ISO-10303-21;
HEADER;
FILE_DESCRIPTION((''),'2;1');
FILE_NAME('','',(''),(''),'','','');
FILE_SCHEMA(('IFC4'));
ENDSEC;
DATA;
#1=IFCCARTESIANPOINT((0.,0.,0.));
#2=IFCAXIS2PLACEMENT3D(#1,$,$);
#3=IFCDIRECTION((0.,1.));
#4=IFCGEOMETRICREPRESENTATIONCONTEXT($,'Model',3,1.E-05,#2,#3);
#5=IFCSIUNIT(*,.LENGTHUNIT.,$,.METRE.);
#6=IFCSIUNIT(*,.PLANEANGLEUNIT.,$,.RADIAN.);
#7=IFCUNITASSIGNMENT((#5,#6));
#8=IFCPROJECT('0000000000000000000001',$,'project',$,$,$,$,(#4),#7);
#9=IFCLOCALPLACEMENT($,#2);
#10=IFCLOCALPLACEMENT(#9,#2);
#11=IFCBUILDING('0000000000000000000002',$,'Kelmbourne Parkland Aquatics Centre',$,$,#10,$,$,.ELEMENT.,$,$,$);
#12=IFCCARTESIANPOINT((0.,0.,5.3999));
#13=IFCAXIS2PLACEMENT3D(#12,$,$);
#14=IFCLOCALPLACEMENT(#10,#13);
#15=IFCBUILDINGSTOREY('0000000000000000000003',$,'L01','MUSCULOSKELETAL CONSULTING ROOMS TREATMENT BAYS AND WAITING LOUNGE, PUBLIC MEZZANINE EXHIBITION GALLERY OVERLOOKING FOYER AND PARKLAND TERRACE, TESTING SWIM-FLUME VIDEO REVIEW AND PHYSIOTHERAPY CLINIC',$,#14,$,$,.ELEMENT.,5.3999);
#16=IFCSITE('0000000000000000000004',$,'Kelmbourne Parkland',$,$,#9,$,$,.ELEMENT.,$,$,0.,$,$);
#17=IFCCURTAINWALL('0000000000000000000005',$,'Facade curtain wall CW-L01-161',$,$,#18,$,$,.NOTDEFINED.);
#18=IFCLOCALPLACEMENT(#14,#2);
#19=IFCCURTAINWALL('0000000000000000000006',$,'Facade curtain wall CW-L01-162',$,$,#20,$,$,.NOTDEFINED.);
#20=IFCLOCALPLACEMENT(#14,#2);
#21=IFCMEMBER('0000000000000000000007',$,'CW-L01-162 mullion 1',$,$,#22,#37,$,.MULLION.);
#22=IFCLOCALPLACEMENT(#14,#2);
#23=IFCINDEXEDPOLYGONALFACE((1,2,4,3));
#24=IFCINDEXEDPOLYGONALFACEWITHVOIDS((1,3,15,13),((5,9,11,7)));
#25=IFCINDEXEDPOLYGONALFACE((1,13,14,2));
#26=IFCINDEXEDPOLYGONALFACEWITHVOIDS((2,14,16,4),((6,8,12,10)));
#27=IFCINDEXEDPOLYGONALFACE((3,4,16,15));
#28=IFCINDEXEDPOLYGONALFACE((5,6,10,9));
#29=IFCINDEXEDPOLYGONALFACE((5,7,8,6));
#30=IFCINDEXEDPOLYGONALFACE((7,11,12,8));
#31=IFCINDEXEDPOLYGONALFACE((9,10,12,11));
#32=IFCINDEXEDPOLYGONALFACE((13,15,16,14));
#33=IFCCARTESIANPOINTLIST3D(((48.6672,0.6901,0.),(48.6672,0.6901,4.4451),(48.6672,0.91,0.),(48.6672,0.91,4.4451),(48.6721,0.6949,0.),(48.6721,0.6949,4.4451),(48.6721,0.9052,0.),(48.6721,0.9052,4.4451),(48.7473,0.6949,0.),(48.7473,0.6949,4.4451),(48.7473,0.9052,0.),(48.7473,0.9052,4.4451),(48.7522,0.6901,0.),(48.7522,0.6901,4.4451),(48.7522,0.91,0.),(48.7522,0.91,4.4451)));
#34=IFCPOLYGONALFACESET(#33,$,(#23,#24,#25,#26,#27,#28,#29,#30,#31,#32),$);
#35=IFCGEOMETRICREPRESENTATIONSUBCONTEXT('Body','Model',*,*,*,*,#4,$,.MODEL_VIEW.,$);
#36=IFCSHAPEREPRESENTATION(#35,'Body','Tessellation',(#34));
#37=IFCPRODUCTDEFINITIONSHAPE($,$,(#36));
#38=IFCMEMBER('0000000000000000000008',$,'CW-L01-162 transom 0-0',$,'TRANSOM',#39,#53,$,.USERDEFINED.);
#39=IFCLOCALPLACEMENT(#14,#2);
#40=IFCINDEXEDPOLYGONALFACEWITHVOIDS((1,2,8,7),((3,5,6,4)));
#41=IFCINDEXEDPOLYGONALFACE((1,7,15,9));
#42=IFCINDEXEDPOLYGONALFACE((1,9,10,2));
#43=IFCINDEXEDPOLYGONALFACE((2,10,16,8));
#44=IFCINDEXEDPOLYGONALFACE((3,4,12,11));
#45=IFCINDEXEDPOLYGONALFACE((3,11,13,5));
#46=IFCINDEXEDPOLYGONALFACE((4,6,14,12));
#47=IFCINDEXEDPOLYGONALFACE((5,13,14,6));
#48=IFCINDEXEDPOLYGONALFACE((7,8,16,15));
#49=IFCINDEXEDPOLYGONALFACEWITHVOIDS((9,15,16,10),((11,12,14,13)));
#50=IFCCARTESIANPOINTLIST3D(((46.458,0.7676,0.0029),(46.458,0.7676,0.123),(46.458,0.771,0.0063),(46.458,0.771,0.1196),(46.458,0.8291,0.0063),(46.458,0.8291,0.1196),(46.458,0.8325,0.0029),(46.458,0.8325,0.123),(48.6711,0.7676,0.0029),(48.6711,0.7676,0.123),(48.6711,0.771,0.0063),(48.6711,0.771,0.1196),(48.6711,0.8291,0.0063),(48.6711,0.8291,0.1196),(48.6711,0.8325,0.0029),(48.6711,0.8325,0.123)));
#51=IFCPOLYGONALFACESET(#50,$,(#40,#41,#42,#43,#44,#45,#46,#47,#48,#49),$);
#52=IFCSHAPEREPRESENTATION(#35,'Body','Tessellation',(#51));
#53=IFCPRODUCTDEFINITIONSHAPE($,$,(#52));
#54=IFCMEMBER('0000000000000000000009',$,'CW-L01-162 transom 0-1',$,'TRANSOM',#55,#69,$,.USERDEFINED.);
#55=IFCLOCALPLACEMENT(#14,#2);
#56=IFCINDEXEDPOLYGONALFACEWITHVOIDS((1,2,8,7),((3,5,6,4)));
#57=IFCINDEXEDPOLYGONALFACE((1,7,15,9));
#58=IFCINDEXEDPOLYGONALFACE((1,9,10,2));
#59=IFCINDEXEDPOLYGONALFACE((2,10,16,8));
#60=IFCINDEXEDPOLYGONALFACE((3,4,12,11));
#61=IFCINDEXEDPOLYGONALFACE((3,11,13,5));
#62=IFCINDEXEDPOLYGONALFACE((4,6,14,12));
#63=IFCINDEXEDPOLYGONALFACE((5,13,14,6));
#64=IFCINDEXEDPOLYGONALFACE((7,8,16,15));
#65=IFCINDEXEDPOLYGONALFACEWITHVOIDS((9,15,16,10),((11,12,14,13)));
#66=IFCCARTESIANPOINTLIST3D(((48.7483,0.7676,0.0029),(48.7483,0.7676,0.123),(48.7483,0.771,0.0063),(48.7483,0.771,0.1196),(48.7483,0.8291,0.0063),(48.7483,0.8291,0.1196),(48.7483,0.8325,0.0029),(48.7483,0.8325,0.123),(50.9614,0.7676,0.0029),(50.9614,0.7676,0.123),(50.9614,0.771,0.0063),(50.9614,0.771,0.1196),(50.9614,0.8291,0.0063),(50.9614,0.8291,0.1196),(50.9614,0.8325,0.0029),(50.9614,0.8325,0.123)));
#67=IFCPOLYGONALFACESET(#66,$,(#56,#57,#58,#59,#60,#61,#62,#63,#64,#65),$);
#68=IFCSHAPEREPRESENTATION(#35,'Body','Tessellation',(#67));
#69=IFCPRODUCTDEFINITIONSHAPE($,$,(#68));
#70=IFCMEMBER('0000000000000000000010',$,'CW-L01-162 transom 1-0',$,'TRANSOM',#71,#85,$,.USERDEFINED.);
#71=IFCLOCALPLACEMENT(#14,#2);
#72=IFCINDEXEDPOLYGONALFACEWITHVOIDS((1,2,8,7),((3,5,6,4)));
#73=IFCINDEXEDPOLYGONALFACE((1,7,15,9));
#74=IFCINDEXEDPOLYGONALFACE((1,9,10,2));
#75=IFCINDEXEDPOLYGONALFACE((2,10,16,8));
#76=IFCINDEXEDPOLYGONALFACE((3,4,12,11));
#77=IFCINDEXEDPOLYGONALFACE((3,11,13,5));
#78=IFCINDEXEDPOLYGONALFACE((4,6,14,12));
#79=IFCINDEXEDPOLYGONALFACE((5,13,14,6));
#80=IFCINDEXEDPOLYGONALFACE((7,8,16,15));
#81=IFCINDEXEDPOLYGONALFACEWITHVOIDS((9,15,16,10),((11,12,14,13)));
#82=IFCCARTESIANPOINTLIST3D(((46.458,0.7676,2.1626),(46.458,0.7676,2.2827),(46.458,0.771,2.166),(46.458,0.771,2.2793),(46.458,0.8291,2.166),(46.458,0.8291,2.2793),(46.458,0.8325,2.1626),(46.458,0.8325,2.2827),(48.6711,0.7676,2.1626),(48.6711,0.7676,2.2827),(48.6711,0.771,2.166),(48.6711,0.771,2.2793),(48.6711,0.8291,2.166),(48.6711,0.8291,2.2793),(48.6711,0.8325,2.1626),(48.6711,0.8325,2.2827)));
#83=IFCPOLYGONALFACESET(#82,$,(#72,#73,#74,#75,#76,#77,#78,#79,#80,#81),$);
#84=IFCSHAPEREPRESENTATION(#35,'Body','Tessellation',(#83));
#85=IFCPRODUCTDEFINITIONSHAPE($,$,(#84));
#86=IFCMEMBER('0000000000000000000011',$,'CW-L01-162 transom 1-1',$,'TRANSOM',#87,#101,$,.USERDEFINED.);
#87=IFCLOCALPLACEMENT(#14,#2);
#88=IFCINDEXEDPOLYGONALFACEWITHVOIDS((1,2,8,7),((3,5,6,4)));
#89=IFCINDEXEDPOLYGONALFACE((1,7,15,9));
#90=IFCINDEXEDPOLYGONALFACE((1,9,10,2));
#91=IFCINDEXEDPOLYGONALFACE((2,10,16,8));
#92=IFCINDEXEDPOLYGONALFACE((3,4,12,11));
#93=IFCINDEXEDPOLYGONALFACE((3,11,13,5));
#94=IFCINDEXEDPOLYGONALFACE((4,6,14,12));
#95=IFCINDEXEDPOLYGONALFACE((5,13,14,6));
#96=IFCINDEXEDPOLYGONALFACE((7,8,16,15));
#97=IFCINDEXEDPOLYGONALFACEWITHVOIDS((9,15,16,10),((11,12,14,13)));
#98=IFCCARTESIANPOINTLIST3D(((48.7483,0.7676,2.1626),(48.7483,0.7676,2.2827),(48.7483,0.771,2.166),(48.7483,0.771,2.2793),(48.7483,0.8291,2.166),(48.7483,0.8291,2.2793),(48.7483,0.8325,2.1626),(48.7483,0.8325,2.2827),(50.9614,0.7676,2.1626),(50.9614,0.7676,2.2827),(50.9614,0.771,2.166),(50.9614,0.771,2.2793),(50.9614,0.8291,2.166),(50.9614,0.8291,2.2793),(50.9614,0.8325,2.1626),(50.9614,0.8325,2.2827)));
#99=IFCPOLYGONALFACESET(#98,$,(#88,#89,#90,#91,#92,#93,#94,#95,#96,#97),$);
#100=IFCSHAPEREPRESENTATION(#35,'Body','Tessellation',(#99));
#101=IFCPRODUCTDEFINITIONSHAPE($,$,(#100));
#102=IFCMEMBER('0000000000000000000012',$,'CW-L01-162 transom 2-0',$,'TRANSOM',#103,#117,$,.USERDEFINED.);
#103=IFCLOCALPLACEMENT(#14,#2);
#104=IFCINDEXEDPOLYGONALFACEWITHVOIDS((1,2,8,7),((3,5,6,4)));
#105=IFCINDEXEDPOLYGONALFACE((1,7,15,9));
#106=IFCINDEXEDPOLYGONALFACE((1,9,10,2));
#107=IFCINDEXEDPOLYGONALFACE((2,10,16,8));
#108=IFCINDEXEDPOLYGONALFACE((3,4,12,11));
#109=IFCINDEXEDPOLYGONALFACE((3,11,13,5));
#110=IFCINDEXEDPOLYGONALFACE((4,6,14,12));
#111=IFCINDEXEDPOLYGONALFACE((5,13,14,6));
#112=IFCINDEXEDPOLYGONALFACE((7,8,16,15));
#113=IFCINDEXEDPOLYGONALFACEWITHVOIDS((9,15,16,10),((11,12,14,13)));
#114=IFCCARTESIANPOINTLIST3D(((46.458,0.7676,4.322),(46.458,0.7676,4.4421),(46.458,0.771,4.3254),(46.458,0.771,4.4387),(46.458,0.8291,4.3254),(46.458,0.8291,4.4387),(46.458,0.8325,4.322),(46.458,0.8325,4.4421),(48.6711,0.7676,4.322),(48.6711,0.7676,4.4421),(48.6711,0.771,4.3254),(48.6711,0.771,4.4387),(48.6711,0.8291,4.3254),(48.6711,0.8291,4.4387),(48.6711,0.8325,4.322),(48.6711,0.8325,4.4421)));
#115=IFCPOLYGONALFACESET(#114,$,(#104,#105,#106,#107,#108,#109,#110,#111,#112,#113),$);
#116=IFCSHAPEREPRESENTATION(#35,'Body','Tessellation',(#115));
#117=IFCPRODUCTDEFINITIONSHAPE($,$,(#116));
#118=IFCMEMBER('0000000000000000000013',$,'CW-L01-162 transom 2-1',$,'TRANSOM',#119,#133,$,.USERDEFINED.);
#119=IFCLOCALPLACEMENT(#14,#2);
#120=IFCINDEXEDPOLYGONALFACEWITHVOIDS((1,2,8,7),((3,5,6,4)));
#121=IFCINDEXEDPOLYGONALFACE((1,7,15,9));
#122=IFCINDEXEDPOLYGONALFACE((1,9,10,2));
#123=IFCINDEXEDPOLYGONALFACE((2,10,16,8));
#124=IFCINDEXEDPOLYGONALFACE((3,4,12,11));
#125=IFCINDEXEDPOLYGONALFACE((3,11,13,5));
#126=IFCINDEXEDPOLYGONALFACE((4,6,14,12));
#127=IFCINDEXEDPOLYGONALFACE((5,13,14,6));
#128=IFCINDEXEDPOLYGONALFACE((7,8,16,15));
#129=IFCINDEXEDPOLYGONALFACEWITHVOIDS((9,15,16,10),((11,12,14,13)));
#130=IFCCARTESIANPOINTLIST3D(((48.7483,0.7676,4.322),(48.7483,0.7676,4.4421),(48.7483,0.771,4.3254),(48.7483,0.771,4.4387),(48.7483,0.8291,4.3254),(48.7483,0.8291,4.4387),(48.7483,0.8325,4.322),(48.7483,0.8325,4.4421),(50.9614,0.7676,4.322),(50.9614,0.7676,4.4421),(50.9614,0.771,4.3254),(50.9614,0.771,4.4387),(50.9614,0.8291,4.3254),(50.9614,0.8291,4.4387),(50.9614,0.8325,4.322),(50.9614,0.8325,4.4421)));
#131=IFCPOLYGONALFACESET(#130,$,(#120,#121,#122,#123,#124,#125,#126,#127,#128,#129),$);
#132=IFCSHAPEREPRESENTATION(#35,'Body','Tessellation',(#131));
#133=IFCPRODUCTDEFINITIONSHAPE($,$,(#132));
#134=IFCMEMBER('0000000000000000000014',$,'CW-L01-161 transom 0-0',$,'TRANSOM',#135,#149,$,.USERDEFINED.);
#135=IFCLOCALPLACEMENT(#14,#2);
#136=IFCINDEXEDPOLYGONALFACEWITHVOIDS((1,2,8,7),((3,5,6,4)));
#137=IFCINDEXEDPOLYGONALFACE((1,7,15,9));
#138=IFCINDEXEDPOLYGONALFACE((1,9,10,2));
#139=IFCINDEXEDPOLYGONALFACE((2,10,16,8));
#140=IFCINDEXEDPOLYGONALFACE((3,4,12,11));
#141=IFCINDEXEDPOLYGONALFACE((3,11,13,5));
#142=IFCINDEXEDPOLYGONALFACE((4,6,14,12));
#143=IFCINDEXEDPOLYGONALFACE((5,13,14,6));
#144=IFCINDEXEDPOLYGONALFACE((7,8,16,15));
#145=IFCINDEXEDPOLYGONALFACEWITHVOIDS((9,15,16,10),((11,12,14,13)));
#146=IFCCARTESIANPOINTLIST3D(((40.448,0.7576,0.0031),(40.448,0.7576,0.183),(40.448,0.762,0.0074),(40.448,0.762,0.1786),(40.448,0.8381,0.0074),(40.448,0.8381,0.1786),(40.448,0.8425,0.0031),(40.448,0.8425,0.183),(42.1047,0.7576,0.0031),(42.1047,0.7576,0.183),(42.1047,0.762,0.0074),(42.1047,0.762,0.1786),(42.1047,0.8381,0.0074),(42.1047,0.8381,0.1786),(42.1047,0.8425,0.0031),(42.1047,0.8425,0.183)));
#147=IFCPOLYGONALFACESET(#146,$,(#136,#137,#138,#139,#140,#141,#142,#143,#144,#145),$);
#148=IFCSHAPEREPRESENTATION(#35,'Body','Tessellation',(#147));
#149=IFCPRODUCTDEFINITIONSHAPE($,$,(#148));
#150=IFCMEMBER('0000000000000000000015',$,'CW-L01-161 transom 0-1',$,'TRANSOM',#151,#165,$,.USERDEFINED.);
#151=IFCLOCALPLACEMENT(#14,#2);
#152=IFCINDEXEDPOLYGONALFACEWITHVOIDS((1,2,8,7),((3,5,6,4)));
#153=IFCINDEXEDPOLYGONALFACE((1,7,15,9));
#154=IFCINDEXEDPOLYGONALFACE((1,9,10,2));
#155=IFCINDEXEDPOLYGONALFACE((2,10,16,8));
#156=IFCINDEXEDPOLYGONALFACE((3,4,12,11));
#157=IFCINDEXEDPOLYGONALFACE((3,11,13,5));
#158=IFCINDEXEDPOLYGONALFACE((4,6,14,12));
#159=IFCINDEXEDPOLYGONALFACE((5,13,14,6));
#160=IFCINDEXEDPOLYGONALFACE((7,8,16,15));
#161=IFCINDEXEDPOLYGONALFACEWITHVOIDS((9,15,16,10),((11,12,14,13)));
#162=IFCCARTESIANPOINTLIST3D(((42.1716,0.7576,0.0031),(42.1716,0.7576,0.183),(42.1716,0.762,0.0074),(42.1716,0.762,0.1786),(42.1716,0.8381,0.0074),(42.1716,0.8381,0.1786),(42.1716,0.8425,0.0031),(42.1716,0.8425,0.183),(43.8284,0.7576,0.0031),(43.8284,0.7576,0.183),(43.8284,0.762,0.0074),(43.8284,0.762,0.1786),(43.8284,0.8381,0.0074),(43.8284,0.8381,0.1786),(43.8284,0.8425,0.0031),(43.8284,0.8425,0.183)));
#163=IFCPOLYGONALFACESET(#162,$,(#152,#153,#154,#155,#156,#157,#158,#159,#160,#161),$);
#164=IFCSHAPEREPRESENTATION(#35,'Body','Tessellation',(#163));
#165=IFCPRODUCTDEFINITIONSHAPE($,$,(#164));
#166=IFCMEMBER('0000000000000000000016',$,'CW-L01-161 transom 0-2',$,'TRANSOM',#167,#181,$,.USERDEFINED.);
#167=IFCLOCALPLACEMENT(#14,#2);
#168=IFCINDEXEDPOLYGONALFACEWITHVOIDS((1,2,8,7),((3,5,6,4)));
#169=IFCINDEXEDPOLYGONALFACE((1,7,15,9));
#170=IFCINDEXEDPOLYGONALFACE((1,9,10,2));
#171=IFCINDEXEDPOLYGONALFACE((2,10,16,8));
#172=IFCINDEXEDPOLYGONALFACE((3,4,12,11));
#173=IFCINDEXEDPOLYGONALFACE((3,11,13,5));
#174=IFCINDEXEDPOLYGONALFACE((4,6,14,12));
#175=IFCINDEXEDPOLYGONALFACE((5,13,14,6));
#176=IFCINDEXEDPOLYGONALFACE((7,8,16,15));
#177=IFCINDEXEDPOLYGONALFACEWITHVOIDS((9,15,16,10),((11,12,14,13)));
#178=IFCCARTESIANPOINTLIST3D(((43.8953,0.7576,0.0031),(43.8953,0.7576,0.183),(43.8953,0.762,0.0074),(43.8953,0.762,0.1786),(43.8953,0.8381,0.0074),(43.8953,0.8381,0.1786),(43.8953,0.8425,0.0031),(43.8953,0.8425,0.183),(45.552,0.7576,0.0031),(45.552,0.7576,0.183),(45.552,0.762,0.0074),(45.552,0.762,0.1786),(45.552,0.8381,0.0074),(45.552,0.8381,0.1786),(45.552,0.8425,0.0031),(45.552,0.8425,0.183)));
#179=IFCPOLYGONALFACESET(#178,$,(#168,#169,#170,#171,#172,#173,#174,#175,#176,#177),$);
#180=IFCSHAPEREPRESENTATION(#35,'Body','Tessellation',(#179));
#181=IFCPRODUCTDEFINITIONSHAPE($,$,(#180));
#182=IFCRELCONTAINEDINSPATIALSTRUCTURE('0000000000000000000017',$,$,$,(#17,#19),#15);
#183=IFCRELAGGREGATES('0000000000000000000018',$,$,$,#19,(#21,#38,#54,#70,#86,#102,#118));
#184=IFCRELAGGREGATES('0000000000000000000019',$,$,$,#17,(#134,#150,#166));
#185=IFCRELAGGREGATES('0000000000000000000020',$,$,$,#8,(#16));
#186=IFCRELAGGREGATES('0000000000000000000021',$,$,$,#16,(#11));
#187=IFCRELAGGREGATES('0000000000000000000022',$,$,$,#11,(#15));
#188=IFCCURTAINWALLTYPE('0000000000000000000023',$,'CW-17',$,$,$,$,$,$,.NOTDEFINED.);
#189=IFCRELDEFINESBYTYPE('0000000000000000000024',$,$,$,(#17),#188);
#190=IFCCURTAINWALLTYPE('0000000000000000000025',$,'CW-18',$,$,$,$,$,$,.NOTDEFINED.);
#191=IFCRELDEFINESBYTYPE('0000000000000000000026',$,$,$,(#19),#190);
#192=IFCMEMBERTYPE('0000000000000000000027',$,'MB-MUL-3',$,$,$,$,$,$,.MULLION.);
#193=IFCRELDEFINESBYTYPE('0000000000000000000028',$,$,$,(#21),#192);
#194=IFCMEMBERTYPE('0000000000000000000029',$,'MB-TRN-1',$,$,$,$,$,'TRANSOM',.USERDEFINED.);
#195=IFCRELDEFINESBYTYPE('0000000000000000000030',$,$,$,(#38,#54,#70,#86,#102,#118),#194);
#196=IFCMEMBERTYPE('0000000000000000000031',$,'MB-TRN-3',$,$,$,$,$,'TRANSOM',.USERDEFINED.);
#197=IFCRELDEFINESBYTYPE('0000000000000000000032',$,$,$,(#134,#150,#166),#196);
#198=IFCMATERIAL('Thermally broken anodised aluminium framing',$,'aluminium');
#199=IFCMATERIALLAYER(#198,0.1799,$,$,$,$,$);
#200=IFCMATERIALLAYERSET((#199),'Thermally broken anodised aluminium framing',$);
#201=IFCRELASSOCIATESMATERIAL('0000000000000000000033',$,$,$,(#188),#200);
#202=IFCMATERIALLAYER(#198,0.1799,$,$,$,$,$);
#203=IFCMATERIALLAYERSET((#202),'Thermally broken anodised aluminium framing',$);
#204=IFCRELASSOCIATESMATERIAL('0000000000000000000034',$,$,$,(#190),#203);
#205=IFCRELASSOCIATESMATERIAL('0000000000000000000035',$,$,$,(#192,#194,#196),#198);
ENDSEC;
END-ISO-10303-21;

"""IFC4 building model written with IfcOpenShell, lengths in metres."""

from ifc_helpers import new_model, si_unit, direction, frame, origin, origin_2d, place, context, subcontext, project, spatial, hollow_rectangle, extrude, material, layer, layer_set, material_profile, profile_set, type_object, element, aggregate, save


model = new_model("IFC4")

# Units and contexts
model_context = context("Model", 3, precision=1e-05, world=origin(), true_north=direction((0.0, 1.0)))
body_context = subcontext(model_context, "Body", "Model", "MODEL_VIEW")
ifc_project = project(units=[si_unit("LENGTHUNIT", "METRE"), si_unit("PLANEANGLEUNIT", "RADIAN")], contexts=[model_context])

# Site, building, storey
site_placement = place(None, origin())
site = spatial("IfcSite", under=ifc_project, at=site_placement, Name="Kelmbourne Parkland", CompositionType="ELEMENT", RefElevation=0.0)
building_placement = place(site_placement, origin())
building = spatial("IfcBuilding", under=site, at=building_placement, Name="Kelmbourne Parkland Aquatics Centre", CompositionType="ELEMENT")
storey_placement = place(building_placement, frame((0.0, 0.0, 5.3999)))
storey = spatial("IfcBuildingStorey", under=building, at=storey_placement, Name="L01", Description="MUSCULOSKELETAL CONSULTING ROOMS TREATMENT BAYS AND WAITING LOUNGE, PUBLIC MEZZANINE EXHIBITION GALLERY OVERLOOKING FOYER AND PARKLAND TERRACE, TESTING SWIM-FLUME VIDEO REVIEW AND PHYSIOTHERAPY CLINIC", CompositionType="ELEMENT", Elevation=5.3999)

# Curtain walls, members
ifc_material_1 = material(Name="Thermally broken anodised aluminium framing", Category="aluminium")
ifc_layer_1 = layer(ifc_material_1, 0.1799)
ifc_layer_set_1 = layer_set([ifc_layer_1], Name="Thermally broken anodised aluminium framing")
curtain_wall_type_1 = type_object("IfcCurtainWallType", Name="CW-17", PredefinedType="NOTDEFINED", material=ifc_layer_set_1)
curtain_wall_1_placement = place(storey_placement, origin())
curtain_wall_1 = element("IfcCurtainWall", 1, at=curtain_wall_1_placement, inside=storey, type_object=curtain_wall_type_1, Name="Facade curtain wall CW-L01-161", PredefinedType="NOTDEFINED")
ifc_layer_2 = layer(ifc_material_1, 0.1799)
ifc_layer_set_2 = layer_set([ifc_layer_2], Name="Thermally broken anodised aluminium framing")
curtain_wall_type_2 = type_object("IfcCurtainWallType", Name="CW-18", PredefinedType="NOTDEFINED", material=ifc_layer_set_2)
curtain_wall_2_placement = place(storey_placement, origin())
curtain_wall_2 = element("IfcCurtainWall", 2, at=curtain_wall_2_placement, inside=storey, type_object=curtain_wall_type_2, Name="Facade curtain wall CW-L01-162", PredefinedType="NOTDEFINED")
ifc_material_profile_1 = material_profile(ifc_material_1, hollow_rectangle(XDim=0.085, YDim=0.22, WallThickness=0.0049, at=origin_2d()), Name="CW-M 85x220")
ifc_profile_set_1 = profile_set([ifc_material_profile_1], Name="Thermally broken anodised aluminium framing")
member_type_1 = type_object("IfcMemberType", Name="MB-MUL-3", PredefinedType="MULLION", material=ifc_profile_set_1)
member_1_placement = place(storey_placement, frame((48.7097, 0.8, 0.0), z_axis=(0.0, 0.0, 1.0), x_axis=(1.0, 0.0, 0.0)))
member_1 = element("IfcMember", 3, at=member_1_placement, type_object=member_type_1, Name="CW-L01-162 mullion 1", PredefinedType="MULLION", context=body_context, shape_type="SweptSolid", body=[
    extrude(hollow_rectangle(XDim=0.085, YDim=0.22, WallThickness=0.0049, at=origin_2d()), origin(), (0.0, 0.0, 1.0), 4.4451),
])
ifc_material_profile_2 = material_profile(ifc_material_1, hollow_rectangle(XDim=0.0649, YDim=0.1201, WallThickness=0.0034, at=origin_2d()), Name="CW-T 65x120")
ifc_profile_set_2 = profile_set([ifc_material_profile_2], Name="Thermally broken anodised aluminium framing")
member_type_2 = type_object("IfcMemberType", Name="MB-TRN-1", ElementType="TRANSOM", PredefinedType="USERDEFINED", material=ifc_profile_set_2)
member_2_placement = place(storey_placement, frame((46.458, 0.8, 0.063), z_axis=(1.0, 0.0, 0.0), x_axis=(0.0, 1.0, 0.0)))
member_2 = element("IfcMember", 4, at=member_2_placement, type_object=member_type_2, Name="CW-L01-162 transom 0-0", ObjectType="TRANSOM", PredefinedType="USERDEFINED", context=body_context, shape_type="SweptSolid", body=[
    extrude(hollow_rectangle(XDim=0.0649, YDim=0.1201, WallThickness=0.0034, at=origin_2d()), origin(), (0.0, 0.0, 1.0), 2.2131),
])
member_3_placement = place(storey_placement, frame((48.7483, 0.8, 0.063), z_axis=(1.0, 0.0, 0.0), x_axis=(0.0, 1.0, 0.0)))
member_3 = element("IfcMember", 5, at=member_3_placement, type_object=member_type_2, Name="CW-L01-162 transom 0-1", ObjectType="TRANSOM", PredefinedType="USERDEFINED", context=body_context, shape_type="SweptSolid", body=[
    extrude(hollow_rectangle(XDim=0.0649, YDim=0.1201, WallThickness=0.0034, at=origin_2d()), origin(), (0.0, 0.0, 1.0), 2.2131),
])
member_4_placement = place(storey_placement, frame((46.458, 0.8, 2.2227), z_axis=(1.0, 0.0, 0.0), x_axis=(0.0, 1.0, 0.0)))
member_4 = element("IfcMember", 6, at=member_4_placement, type_object=member_type_2, Name="CW-L01-162 transom 1-0", ObjectType="TRANSOM", PredefinedType="USERDEFINED", context=body_context, shape_type="SweptSolid", body=[
    extrude(hollow_rectangle(XDim=0.0649, YDim=0.1201, WallThickness=0.0034, at=origin_2d()), origin(), (0.0, 0.0, 1.0), 2.2131),
])
member_5_placement = place(storey_placement, frame((48.7483, 0.8, 2.2227), z_axis=(1.0, 0.0, 0.0), x_axis=(0.0, 1.0, 0.0)))
member_5 = element("IfcMember", 7, at=member_5_placement, type_object=member_type_2, Name="CW-L01-162 transom 1-1", ObjectType="TRANSOM", PredefinedType="USERDEFINED", context=body_context, shape_type="SweptSolid", body=[
    extrude(hollow_rectangle(XDim=0.0649, YDim=0.1201, WallThickness=0.0034, at=origin_2d()), origin(), (0.0, 0.0, 1.0), 2.2131),
])
member_6_placement = place(storey_placement, frame((46.458, 0.8, 4.3821), z_axis=(1.0, 0.0, 0.0), x_axis=(0.0, 1.0, 0.0)))
member_6 = element("IfcMember", 8, at=member_6_placement, type_object=member_type_2, Name="CW-L01-162 transom 2-0", ObjectType="TRANSOM", PredefinedType="USERDEFINED", context=body_context, shape_type="SweptSolid", body=[
    extrude(hollow_rectangle(XDim=0.0649, YDim=0.1201, WallThickness=0.0034, at=origin_2d()), origin(), (0.0, 0.0, 1.0), 2.2131),
])
member_7_placement = place(storey_placement, frame((48.7483, 0.8, 4.3821), z_axis=(1.0, 0.0, 0.0), x_axis=(0.0, 1.0, 0.0)))
member_7 = element("IfcMember", 9, at=member_7_placement, type_object=member_type_2, Name="CW-L01-162 transom 2-1", ObjectType="TRANSOM", PredefinedType="USERDEFINED", context=body_context, shape_type="SweptSolid", body=[
    extrude(hollow_rectangle(XDim=0.0649, YDim=0.1201, WallThickness=0.0034, at=origin_2d()), origin(), (0.0, 0.0, 1.0), 2.2131),
])

# Members
ifc_material_profile_3 = material_profile(ifc_material_1, hollow_rectangle(XDim=0.085, YDim=0.1799, WallThickness=0.0044, at=origin_2d()), Name="CW-T 85x180")
ifc_profile_set_3 = profile_set([ifc_material_profile_3], Name="Thermally broken anodised aluminium framing")
member_type_3 = type_object("IfcMemberType", Name="MB-TRN-3", ElementType="TRANSOM", PredefinedType="USERDEFINED", material=ifc_profile_set_3)
member_8_placement = place(storey_placement, frame((40.448, 0.8, 0.093), z_axis=(1.0, 0.0, 0.0), x_axis=(0.0, 1.0, 0.0)))
member_8 = element("IfcMember", 10, at=member_8_placement, type_object=member_type_3, Name="CW-L01-161 transom 0-0", ObjectType="TRANSOM", PredefinedType="USERDEFINED", context=body_context, shape_type="SweptSolid", body=[
    extrude(hollow_rectangle(XDim=0.085, YDim=0.1799, WallThickness=0.0044, at=origin_2d()), origin(), (0.0, 0.0, 1.0), 1.6567),
])
member_9_placement = place(storey_placement, frame((42.1716, 0.8, 0.093), z_axis=(1.0, 0.0, 0.0), x_axis=(0.0, 1.0, 0.0)))
member_9 = element("IfcMember", 11, at=member_9_placement, type_object=member_type_3, Name="CW-L01-161 transom 0-1", ObjectType="TRANSOM", PredefinedType="USERDEFINED", context=body_context, shape_type="SweptSolid", body=[
    extrude(hollow_rectangle(XDim=0.085, YDim=0.1799, WallThickness=0.0044, at=origin_2d()), origin(), (0.0, 0.0, 1.0), 1.6567),
])
member_10_placement = place(storey_placement, frame((43.8953, 0.8, 0.093), z_axis=(1.0, 0.0, 0.0), x_axis=(0.0, 1.0, 0.0)))
member_10 = element("IfcMember", 12, at=member_10_placement, type_object=member_type_3, Name="CW-L01-161 transom 0-2", ObjectType="TRANSOM", PredefinedType="USERDEFINED", context=body_context, shape_type="SweptSolid", body=[
    extrude(hollow_rectangle(XDim=0.085, YDim=0.1799, WallThickness=0.0044, at=origin_2d()), origin(), (0.0, 0.0, 1.0), 1.6567),
])

aggregate(curtain_wall_2, [member_1, member_2, member_3, member_4, member_5, member_6, member_7])
aggregate(curtain_wall_1, [member_8, member_9, member_10])

save(model, "model.ifc")
